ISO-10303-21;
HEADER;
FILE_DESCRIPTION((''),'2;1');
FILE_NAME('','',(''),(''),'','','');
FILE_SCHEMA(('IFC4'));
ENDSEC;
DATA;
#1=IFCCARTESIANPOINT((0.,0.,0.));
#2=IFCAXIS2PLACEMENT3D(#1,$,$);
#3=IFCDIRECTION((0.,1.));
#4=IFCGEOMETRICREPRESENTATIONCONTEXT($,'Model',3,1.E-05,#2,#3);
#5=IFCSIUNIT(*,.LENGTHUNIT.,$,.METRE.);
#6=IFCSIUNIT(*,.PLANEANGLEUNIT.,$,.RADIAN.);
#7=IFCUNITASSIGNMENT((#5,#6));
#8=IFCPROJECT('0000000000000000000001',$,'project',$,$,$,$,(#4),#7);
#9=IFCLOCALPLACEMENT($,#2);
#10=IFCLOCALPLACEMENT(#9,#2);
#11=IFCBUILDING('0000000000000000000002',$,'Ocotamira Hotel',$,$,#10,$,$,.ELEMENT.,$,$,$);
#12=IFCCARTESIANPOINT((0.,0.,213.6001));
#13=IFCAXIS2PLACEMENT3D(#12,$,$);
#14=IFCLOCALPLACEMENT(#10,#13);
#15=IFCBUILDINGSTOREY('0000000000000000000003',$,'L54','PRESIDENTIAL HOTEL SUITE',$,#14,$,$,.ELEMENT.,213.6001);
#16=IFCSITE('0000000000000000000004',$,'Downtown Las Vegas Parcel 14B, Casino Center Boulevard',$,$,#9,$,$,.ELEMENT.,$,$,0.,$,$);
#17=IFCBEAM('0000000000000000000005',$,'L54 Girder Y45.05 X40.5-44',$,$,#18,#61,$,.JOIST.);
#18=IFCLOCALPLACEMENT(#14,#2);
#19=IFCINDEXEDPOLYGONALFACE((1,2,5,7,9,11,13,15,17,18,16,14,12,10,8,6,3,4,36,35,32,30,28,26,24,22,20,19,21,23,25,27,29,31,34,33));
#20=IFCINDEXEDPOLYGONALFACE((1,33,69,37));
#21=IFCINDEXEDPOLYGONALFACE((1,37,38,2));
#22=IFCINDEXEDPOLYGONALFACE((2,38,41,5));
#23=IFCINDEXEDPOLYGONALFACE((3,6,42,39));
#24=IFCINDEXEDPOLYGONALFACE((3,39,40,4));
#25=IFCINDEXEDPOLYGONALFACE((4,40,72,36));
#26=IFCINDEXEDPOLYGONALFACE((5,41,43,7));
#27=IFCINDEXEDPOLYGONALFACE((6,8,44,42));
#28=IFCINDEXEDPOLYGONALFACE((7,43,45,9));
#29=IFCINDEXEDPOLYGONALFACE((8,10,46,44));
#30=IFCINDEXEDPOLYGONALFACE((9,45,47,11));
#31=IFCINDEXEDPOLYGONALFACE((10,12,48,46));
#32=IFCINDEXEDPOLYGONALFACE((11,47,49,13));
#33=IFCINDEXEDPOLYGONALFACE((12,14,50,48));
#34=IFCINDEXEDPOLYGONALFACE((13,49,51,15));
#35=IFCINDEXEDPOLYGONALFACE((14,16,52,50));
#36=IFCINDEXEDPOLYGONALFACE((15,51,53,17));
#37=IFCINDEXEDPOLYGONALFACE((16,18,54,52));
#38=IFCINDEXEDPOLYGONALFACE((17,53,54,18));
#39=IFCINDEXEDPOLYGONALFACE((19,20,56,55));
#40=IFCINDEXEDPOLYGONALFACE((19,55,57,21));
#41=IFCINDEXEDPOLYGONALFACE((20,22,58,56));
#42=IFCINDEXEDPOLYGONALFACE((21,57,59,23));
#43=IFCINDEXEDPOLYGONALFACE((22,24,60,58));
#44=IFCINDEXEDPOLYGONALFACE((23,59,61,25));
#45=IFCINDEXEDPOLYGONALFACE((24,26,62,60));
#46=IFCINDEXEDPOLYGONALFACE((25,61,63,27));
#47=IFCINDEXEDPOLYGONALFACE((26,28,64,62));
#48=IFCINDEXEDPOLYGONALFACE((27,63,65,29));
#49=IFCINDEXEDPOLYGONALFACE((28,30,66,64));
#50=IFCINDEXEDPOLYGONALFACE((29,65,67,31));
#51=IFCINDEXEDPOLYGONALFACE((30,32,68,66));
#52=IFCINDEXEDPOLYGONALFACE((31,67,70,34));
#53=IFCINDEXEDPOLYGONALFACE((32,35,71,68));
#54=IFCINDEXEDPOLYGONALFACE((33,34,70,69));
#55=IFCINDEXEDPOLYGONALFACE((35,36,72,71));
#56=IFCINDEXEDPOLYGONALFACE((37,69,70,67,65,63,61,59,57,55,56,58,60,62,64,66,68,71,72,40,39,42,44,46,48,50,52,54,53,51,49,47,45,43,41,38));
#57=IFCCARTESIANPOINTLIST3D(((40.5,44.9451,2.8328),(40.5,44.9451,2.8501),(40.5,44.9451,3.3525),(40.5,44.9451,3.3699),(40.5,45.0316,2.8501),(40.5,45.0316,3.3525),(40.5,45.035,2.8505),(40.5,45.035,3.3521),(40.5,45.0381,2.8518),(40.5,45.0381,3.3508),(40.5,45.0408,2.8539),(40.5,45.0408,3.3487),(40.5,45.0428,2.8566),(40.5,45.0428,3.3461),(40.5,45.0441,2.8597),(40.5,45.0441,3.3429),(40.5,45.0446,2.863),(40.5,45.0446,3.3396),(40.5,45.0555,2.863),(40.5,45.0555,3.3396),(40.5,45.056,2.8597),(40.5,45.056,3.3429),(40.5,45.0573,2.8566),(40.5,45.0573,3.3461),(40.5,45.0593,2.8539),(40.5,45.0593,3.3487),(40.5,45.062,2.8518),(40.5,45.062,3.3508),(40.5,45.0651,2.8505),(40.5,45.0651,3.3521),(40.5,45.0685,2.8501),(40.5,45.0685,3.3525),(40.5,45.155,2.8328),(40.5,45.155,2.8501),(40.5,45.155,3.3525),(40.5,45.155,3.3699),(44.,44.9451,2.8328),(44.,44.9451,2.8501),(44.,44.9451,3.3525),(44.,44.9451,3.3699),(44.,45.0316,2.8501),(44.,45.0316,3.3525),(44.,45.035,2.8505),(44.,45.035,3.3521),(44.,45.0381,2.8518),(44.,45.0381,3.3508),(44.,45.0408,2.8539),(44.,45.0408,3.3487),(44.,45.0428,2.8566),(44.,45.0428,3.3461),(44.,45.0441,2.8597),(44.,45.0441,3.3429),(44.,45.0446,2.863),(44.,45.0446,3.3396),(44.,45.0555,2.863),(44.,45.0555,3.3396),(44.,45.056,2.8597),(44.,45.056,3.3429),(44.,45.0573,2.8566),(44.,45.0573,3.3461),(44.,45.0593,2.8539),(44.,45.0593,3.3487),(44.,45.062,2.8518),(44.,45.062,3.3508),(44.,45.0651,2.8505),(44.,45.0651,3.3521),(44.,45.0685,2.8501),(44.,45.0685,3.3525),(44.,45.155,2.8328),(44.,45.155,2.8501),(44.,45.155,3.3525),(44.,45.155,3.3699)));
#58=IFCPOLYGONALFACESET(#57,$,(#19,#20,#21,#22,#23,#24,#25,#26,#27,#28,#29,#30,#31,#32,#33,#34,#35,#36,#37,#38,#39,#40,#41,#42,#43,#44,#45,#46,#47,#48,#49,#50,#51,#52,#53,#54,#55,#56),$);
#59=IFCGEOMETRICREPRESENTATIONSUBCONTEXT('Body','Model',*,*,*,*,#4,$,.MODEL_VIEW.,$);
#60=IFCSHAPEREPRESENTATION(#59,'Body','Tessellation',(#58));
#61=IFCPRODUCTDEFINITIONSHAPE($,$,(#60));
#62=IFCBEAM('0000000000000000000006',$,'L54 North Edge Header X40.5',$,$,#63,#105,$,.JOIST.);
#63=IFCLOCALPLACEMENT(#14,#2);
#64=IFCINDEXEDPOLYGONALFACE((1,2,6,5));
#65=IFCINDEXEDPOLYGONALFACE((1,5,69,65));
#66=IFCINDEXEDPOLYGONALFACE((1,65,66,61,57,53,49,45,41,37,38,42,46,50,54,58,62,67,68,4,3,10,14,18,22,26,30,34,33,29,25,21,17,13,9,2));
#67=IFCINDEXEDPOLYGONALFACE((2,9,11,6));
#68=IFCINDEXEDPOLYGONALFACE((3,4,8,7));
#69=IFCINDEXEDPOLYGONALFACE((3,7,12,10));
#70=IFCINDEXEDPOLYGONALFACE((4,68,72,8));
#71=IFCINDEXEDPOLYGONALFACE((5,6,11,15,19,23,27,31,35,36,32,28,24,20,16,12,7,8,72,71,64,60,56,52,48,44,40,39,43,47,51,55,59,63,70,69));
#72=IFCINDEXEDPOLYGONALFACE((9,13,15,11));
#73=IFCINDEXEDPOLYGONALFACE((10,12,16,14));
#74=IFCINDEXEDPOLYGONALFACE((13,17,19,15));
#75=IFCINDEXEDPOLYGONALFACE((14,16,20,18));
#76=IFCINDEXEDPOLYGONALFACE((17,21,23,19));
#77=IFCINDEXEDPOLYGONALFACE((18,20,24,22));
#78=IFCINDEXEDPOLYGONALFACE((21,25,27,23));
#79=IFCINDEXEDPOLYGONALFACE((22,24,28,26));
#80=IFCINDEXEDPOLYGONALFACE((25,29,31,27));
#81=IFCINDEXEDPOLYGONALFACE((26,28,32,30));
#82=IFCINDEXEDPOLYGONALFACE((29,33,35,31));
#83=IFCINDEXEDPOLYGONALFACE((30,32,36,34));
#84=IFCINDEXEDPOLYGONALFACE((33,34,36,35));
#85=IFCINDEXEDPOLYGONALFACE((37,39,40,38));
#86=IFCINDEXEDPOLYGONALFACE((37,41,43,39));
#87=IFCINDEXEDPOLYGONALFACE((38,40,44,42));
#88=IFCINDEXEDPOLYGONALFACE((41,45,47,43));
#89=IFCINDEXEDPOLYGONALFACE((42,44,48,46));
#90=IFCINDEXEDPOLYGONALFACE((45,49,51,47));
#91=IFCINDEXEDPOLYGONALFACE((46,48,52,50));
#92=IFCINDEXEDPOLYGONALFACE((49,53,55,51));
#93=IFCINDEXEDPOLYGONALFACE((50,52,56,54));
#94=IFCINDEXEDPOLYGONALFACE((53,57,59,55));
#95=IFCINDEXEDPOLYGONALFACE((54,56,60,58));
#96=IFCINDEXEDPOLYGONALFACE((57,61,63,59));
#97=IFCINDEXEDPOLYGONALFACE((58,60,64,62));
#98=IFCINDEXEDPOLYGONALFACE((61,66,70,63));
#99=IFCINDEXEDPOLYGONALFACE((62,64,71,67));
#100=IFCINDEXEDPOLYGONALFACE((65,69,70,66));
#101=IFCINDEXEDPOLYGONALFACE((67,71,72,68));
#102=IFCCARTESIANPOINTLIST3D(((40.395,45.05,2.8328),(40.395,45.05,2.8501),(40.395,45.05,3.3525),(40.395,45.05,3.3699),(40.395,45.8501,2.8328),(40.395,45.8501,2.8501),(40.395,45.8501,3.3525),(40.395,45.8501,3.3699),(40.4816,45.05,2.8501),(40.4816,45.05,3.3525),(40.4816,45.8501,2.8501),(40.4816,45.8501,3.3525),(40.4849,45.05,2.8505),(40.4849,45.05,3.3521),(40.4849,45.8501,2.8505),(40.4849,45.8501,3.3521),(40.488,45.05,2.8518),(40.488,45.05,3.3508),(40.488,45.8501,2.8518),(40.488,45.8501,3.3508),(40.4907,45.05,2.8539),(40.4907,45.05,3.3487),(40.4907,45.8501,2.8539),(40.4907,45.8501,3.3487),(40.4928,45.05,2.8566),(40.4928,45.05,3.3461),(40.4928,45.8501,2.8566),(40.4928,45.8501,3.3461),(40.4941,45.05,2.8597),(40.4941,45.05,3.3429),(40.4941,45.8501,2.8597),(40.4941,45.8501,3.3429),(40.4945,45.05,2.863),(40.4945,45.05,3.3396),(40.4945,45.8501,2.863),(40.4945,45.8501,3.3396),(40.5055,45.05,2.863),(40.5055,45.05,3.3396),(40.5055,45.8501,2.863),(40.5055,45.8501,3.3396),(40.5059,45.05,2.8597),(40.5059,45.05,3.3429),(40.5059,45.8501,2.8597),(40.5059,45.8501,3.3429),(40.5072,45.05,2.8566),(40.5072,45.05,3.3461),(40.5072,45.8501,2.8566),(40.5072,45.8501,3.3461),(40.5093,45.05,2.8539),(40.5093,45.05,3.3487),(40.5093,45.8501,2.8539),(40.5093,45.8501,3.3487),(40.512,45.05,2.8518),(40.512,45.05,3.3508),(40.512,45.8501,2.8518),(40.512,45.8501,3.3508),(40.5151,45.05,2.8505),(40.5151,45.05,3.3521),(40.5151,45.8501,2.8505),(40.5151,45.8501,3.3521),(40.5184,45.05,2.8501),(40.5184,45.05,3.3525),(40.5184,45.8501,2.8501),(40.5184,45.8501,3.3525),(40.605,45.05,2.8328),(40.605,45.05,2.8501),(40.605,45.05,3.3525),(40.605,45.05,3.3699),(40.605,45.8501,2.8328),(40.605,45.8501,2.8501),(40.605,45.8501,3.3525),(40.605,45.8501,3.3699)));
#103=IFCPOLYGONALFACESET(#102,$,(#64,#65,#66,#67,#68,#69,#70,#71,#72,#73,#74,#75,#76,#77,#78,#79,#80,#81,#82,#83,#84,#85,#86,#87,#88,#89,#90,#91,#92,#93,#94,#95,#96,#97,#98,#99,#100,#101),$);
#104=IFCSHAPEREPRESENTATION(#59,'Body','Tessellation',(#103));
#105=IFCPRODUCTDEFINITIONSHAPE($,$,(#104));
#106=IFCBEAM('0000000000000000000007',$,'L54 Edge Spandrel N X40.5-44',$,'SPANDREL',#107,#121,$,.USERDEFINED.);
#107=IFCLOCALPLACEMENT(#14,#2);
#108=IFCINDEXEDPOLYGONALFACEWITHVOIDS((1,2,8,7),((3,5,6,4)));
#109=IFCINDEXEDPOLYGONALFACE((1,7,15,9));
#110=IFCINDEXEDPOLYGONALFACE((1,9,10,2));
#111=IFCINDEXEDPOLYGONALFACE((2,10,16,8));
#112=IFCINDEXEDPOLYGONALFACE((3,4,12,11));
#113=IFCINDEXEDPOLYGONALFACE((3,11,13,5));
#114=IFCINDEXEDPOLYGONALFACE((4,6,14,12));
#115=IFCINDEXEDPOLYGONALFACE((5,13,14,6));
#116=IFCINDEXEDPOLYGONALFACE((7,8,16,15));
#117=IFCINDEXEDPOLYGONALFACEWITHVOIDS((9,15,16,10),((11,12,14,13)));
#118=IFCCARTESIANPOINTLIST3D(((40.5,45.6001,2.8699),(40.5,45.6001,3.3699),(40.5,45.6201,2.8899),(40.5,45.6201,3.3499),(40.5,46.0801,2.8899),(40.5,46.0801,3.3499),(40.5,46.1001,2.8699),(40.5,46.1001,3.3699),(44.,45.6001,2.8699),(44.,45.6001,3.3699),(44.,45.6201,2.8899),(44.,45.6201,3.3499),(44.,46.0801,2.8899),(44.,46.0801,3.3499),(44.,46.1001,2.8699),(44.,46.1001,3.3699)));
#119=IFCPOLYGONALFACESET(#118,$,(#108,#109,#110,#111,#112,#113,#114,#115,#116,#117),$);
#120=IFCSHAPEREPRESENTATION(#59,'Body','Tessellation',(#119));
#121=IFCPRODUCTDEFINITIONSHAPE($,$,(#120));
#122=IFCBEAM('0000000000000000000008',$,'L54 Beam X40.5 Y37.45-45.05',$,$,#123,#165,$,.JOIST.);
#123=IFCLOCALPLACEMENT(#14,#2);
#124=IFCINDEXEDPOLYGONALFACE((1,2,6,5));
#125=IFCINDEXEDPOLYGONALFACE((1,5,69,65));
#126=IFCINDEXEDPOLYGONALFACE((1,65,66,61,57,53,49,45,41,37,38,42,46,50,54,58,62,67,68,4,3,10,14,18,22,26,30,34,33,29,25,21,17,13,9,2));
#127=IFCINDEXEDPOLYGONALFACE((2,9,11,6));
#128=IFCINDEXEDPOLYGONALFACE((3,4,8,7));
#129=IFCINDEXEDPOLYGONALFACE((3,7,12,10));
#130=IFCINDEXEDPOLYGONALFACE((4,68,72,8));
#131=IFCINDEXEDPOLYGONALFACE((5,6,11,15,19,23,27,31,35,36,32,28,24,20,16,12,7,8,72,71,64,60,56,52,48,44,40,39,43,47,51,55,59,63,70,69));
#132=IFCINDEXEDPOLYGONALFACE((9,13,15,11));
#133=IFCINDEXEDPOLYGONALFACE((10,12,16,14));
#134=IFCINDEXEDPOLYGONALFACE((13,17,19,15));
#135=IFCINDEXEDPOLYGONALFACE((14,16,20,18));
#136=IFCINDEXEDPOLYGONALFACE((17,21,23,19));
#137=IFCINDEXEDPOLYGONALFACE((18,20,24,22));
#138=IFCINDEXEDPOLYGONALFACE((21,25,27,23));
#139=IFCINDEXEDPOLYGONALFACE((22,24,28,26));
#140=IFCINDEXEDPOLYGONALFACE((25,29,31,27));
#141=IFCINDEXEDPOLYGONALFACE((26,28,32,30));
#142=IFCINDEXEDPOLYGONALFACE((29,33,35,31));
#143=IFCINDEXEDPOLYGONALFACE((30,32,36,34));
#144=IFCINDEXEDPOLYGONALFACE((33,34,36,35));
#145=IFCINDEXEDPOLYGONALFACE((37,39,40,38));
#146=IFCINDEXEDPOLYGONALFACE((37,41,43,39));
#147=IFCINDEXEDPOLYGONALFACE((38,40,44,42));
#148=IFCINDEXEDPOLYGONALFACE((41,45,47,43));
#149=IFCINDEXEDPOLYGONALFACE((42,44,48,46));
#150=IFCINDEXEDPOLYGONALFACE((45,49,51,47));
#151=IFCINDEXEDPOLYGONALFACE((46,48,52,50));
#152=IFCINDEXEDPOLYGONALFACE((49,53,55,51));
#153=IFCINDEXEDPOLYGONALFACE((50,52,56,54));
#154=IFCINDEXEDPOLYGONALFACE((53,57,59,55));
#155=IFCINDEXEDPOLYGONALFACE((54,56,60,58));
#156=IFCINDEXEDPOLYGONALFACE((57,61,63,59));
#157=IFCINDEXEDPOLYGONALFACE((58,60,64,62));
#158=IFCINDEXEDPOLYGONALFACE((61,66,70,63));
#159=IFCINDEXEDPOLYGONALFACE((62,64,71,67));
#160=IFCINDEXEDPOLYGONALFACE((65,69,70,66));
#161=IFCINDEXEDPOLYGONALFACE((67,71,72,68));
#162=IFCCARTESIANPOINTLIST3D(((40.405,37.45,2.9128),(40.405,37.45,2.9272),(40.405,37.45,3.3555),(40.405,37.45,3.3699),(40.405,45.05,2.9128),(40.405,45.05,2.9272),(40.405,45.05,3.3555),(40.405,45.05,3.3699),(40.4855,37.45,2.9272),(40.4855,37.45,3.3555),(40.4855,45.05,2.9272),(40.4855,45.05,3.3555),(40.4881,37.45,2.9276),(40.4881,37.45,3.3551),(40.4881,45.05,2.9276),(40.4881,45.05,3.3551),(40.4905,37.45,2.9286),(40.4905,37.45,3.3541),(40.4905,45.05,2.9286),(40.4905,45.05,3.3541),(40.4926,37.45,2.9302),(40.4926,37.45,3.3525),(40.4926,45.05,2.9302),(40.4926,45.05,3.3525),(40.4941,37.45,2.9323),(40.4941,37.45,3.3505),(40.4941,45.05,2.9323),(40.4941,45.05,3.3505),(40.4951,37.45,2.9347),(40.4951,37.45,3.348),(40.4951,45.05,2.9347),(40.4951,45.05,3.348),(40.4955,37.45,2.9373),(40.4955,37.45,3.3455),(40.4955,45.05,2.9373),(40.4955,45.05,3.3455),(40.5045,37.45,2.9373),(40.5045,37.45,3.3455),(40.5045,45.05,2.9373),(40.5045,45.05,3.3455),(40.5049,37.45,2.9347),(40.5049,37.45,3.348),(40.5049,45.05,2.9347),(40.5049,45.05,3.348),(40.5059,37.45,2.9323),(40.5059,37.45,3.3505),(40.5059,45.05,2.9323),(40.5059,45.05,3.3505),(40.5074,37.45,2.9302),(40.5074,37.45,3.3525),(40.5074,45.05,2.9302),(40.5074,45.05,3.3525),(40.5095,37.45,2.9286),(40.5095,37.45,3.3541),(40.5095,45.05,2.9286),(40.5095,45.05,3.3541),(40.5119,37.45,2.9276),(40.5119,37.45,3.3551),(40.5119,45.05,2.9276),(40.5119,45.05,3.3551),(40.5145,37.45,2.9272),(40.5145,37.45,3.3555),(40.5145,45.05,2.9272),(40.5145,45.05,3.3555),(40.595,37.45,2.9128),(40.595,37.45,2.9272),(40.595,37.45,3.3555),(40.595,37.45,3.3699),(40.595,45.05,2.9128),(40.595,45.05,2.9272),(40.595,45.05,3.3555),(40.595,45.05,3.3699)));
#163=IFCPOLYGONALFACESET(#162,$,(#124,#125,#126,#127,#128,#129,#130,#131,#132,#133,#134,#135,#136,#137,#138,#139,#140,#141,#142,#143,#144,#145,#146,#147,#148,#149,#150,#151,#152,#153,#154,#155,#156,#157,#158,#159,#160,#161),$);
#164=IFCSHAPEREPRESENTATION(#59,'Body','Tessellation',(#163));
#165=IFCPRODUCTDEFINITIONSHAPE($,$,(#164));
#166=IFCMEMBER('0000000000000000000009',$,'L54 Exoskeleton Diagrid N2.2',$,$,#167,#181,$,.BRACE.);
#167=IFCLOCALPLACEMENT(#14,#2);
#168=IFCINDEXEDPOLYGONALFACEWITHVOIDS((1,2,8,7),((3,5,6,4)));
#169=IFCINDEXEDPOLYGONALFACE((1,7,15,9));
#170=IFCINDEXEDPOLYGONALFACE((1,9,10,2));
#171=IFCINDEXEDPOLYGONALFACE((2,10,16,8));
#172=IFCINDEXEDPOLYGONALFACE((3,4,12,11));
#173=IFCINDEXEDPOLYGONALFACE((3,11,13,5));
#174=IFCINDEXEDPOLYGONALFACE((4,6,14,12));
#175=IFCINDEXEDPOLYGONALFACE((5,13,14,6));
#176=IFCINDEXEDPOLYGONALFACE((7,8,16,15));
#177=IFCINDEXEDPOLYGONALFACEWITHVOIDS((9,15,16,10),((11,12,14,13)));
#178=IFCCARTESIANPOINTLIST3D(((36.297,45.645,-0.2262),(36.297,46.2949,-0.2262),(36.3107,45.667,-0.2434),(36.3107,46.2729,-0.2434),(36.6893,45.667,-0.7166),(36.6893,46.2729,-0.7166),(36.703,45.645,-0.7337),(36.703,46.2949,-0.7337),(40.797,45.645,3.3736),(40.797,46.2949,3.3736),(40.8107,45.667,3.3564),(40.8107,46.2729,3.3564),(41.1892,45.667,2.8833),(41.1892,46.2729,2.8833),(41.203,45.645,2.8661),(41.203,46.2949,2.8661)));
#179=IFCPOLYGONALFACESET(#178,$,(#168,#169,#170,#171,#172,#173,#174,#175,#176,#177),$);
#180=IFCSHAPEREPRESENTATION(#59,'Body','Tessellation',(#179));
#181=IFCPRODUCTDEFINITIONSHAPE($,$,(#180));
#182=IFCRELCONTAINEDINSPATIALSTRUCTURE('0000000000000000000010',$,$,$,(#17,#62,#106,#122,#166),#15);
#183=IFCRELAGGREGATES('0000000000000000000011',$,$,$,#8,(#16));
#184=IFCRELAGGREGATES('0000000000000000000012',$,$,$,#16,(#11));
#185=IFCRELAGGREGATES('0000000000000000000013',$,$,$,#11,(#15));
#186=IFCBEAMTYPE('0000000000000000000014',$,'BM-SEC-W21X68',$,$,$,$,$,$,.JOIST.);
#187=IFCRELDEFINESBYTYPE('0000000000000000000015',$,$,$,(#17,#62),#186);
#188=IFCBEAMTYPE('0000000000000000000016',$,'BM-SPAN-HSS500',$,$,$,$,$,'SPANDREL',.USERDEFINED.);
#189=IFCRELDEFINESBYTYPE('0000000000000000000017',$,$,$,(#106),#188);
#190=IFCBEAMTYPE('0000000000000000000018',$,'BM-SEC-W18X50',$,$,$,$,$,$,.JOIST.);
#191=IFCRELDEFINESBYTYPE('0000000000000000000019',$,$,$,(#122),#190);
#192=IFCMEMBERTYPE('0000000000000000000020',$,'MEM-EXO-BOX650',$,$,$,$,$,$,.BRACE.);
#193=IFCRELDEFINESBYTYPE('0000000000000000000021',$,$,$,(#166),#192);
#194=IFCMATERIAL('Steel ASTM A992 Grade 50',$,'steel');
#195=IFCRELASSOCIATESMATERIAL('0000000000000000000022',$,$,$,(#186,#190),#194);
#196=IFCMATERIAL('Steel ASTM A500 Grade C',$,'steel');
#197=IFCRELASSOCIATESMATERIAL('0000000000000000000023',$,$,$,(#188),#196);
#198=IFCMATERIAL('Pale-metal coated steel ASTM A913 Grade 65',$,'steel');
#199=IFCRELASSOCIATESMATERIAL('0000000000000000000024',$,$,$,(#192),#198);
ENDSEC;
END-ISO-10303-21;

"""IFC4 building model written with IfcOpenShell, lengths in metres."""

from ifc_helpers import new_model, si_unit, direction, frame, origin, origin_2d, place, context, subcontext, project, spatial, hollow_rectangle, i_section, extrude, source, transform, mapped, material, material_profile, profile_set, type_object, element, save


model = new_model("IFC4")

# Units and contexts
model_context = context("Model", 3, precision=1e-05, world=origin(), true_north=direction((0.0, 1.0)))
body_context = subcontext(model_context, "Body", "Model", "MODEL_VIEW")
ifc_project = project(units=[si_unit("LENGTHUNIT", "METRE"), si_unit("PLANEANGLEUNIT", "RADIAN")], contexts=[model_context])

# Site, building, storey
site_placement = place(None, origin())
site = spatial("IfcSite", under=ifc_project, at=site_placement, Name="Downtown Las Vegas Parcel 14B, Casino Center Boulevard", CompositionType="ELEMENT", RefElevation=0.0)
building_placement = place(site_placement, origin())
building = spatial("IfcBuilding", under=site, at=building_placement, Name="Ocotamira Hotel", CompositionType="ELEMENT")
storey_placement = place(building_placement, frame((0.0, 0.0, 213.6001)))
storey = spatial("IfcBuildingStorey", under=building, at=storey_placement, Name="L54", Description="PRESIDENTIAL HOTEL SUITE", CompositionType="ELEMENT", Elevation=213.6001)

# Beams
ifc_material_1 = material(Name="Steel ASTM A992 Grade 50", Category="steel")
ifc_material_profile_1 = material_profile(ifc_material_1, i_section(OverallWidth=0.21, OverallDepth=0.5371, WebThickness=0.011, FlangeThickness=0.0173, FilletRadius=0.0129, at=origin_2d()), Name="W21X68")
ifc_profile_set_1 = profile_set([ifc_material_profile_1], Name="Steel ASTM A992 Grade 50")
beam_type_1 = type_object("IfcBeamType", Name="BM-SEC-W21X68", PredefinedType="JOIST", material=ifc_profile_set_1)
shared_shape_1 = source(origin(), body_context, "Body", "SweptSolid", [
    extrude(i_section(OverallWidth=0.21, OverallDepth=0.5371, WebThickness=0.011, FlangeThickness=0.0173, FilletRadius=0.0129, at=origin_2d()), origin(), (0.0, 0.0, 1.0), 3.5),
])
beam_1_placement = place(storey_placement, frame((40.5, 45.05, 3.1013), z_axis=(1.0, 0.0, 0.0), x_axis=(0.0, 1.0, 0.0)))
element("IfcBeam", 1, at=beam_1_placement, inside=storey, type_object=beam_type_1, Name="L54 Girder Y45.05 X40.5-44", PredefinedType="JOIST", context=body_context, shape_type="MappedRepresentation", body=[
    mapped(shared_shape_1, transform((0.0, 0.0, 0.0), scale=1.0)),
])
shared_shape_2 = source(origin(), body_context, "Body", "SweptSolid", [
    extrude(i_section(OverallWidth=0.21, OverallDepth=0.5371, WebThickness=0.011, FlangeThickness=0.0173, FilletRadius=0.0129, at=origin_2d()), origin(), (0.0, 0.0, 1.0), 0.8),
])
beam_2_placement = place(storey_placement, frame((40.5, 45.05, 3.1013), z_axis=(0.0, 1.0, 0.0), x_axis=(-1.0, 0.0, 0.0)))
element("IfcBeam", 2, at=beam_2_placement, inside=storey, type_object=beam_type_1, Name="L54 North Edge Header X40.5", PredefinedType="JOIST", context=body_context, shape_type="MappedRepresentation", body=[
    mapped(shared_shape_2, transform((0.0, 0.0, 0.0), scale=1.0)),
])
ifc_material_2 = material(Name="Steel ASTM A500 Grade C", Category="steel")
ifc_material_profile_2 = material_profile(ifc_material_2, hollow_rectangle(XDim=0.5, YDim=0.5, WallThickness=0.02, at=origin_2d()), Name="HSS500X500X20")
ifc_profile_set_2 = profile_set([ifc_material_profile_2], Name="Steel ASTM A500 Grade C")
beam_type_2 = type_object("IfcBeamType", Name="BM-SPAN-HSS500", ElementType="SPANDREL", PredefinedType="USERDEFINED", material=ifc_profile_set_2)
shared_shape_3 = source(origin(), body_context, "Body", "SweptSolid", [
    extrude(hollow_rectangle(XDim=0.5, YDim=0.5, WallThickness=0.02, at=origin_2d()), origin(), (0.0, 0.0, 1.0), 3.5),
])
beam_3_placement = place(storey_placement, frame((40.5, 45.8501, 3.1199), z_axis=(1.0, 0.0, 0.0), x_axis=(0.0, 1.0, 0.0)))
element("IfcBeam", 3, at=beam_3_placement, inside=storey, type_object=beam_type_2, Name="L54 Edge Spandrel N X40.5-44", ObjectType="SPANDREL", PredefinedType="USERDEFINED", context=body_context, shape_type="MappedRepresentation", body=[
    mapped(shared_shape_3, transform((0.0, 0.0, 0.0), scale=1.0)),
])
ifc_material_profile_3 = material_profile(ifc_material_1, i_section(OverallWidth=0.1899, OverallDepth=0.457, WebThickness=0.009, FlangeThickness=0.0144, FilletRadius=0.01, at=origin_2d()), Name="W18X50")
ifc_profile_set_3 = profile_set([ifc_material_profile_3], Name="Steel ASTM A992 Grade 50")
beam_type_3 = type_object("IfcBeamType", Name="BM-SEC-W18X50", PredefinedType="JOIST", material=ifc_profile_set_3)
shared_shape_4 = source(origin(), body_context, "Body", "SweptSolid", [
    extrude(i_section(OverallWidth=0.1899, OverallDepth=0.457, WebThickness=0.009, FlangeThickness=0.0144, FilletRadius=0.01, at=origin_2d()), origin(), (0.0, 0.0, 1.0), 7.6001),
])
beam_4_placement = place(storey_placement, frame((40.5, 37.45, 3.1414), z_axis=(0.0, 1.0, 0.0), x_axis=(-1.0, 0.0, 0.0)))
element("IfcBeam", 4, at=beam_4_placement, inside=storey, type_object=beam_type_3, Name="L54 Beam X40.5 Y37.45-45.05", PredefinedType="JOIST", context=body_context, shape_type="MappedRepresentation", body=[
    mapped(shared_shape_4, transform((0.0, 0.0, 0.0), scale=1.0)),
])

# Member
ifc_material_3 = material(Name="Pale-metal coated steel ASTM A913 Grade 65", Category="steel")
ifc_material_profile_4 = material_profile(ifc_material_3, hollow_rectangle(XDim=0.6499, YDim=0.6499, WallThickness=0.022, at=origin_2d()), Name="BOX650X650X22")
ifc_profile_set_4 = profile_set([ifc_material_profile_4], Name="Pale-metal coated steel ASTM A913 Grade 65")
member_type_1 = type_object("IfcMemberType", Name="MEM-EXO-BOX650", PredefinedType="BRACE", material=ifc_profile_set_4)
shared_shape_5 = source(origin(), body_context, "Body", "SweptSolid", [
    extrude(hollow_rectangle(XDim=0.6499, YDim=0.6499, WallThickness=0.022, at=origin_2d()), origin(), (0.0, 0.0, 1.0), 5.7627),
])
member_1_placement = place(storey_placement, frame((36.5, 45.97, -0.48), z_axis=(0.780881, 0.0, 0.62468), x_axis=(0.0, 1.0, 0.0)))
element("IfcMember", 5, at=member_1_placement, inside=storey, type_object=member_type_1, Name="L54 Exoskeleton Diagrid N2.2", PredefinedType="BRACE", context=body_context, shape_type="MappedRepresentation", body=[
    mapped(shared_shape_5, transform((0.0, 0.0, 0.0), scale=1.0)),
])

save(model, "model.ifc")
